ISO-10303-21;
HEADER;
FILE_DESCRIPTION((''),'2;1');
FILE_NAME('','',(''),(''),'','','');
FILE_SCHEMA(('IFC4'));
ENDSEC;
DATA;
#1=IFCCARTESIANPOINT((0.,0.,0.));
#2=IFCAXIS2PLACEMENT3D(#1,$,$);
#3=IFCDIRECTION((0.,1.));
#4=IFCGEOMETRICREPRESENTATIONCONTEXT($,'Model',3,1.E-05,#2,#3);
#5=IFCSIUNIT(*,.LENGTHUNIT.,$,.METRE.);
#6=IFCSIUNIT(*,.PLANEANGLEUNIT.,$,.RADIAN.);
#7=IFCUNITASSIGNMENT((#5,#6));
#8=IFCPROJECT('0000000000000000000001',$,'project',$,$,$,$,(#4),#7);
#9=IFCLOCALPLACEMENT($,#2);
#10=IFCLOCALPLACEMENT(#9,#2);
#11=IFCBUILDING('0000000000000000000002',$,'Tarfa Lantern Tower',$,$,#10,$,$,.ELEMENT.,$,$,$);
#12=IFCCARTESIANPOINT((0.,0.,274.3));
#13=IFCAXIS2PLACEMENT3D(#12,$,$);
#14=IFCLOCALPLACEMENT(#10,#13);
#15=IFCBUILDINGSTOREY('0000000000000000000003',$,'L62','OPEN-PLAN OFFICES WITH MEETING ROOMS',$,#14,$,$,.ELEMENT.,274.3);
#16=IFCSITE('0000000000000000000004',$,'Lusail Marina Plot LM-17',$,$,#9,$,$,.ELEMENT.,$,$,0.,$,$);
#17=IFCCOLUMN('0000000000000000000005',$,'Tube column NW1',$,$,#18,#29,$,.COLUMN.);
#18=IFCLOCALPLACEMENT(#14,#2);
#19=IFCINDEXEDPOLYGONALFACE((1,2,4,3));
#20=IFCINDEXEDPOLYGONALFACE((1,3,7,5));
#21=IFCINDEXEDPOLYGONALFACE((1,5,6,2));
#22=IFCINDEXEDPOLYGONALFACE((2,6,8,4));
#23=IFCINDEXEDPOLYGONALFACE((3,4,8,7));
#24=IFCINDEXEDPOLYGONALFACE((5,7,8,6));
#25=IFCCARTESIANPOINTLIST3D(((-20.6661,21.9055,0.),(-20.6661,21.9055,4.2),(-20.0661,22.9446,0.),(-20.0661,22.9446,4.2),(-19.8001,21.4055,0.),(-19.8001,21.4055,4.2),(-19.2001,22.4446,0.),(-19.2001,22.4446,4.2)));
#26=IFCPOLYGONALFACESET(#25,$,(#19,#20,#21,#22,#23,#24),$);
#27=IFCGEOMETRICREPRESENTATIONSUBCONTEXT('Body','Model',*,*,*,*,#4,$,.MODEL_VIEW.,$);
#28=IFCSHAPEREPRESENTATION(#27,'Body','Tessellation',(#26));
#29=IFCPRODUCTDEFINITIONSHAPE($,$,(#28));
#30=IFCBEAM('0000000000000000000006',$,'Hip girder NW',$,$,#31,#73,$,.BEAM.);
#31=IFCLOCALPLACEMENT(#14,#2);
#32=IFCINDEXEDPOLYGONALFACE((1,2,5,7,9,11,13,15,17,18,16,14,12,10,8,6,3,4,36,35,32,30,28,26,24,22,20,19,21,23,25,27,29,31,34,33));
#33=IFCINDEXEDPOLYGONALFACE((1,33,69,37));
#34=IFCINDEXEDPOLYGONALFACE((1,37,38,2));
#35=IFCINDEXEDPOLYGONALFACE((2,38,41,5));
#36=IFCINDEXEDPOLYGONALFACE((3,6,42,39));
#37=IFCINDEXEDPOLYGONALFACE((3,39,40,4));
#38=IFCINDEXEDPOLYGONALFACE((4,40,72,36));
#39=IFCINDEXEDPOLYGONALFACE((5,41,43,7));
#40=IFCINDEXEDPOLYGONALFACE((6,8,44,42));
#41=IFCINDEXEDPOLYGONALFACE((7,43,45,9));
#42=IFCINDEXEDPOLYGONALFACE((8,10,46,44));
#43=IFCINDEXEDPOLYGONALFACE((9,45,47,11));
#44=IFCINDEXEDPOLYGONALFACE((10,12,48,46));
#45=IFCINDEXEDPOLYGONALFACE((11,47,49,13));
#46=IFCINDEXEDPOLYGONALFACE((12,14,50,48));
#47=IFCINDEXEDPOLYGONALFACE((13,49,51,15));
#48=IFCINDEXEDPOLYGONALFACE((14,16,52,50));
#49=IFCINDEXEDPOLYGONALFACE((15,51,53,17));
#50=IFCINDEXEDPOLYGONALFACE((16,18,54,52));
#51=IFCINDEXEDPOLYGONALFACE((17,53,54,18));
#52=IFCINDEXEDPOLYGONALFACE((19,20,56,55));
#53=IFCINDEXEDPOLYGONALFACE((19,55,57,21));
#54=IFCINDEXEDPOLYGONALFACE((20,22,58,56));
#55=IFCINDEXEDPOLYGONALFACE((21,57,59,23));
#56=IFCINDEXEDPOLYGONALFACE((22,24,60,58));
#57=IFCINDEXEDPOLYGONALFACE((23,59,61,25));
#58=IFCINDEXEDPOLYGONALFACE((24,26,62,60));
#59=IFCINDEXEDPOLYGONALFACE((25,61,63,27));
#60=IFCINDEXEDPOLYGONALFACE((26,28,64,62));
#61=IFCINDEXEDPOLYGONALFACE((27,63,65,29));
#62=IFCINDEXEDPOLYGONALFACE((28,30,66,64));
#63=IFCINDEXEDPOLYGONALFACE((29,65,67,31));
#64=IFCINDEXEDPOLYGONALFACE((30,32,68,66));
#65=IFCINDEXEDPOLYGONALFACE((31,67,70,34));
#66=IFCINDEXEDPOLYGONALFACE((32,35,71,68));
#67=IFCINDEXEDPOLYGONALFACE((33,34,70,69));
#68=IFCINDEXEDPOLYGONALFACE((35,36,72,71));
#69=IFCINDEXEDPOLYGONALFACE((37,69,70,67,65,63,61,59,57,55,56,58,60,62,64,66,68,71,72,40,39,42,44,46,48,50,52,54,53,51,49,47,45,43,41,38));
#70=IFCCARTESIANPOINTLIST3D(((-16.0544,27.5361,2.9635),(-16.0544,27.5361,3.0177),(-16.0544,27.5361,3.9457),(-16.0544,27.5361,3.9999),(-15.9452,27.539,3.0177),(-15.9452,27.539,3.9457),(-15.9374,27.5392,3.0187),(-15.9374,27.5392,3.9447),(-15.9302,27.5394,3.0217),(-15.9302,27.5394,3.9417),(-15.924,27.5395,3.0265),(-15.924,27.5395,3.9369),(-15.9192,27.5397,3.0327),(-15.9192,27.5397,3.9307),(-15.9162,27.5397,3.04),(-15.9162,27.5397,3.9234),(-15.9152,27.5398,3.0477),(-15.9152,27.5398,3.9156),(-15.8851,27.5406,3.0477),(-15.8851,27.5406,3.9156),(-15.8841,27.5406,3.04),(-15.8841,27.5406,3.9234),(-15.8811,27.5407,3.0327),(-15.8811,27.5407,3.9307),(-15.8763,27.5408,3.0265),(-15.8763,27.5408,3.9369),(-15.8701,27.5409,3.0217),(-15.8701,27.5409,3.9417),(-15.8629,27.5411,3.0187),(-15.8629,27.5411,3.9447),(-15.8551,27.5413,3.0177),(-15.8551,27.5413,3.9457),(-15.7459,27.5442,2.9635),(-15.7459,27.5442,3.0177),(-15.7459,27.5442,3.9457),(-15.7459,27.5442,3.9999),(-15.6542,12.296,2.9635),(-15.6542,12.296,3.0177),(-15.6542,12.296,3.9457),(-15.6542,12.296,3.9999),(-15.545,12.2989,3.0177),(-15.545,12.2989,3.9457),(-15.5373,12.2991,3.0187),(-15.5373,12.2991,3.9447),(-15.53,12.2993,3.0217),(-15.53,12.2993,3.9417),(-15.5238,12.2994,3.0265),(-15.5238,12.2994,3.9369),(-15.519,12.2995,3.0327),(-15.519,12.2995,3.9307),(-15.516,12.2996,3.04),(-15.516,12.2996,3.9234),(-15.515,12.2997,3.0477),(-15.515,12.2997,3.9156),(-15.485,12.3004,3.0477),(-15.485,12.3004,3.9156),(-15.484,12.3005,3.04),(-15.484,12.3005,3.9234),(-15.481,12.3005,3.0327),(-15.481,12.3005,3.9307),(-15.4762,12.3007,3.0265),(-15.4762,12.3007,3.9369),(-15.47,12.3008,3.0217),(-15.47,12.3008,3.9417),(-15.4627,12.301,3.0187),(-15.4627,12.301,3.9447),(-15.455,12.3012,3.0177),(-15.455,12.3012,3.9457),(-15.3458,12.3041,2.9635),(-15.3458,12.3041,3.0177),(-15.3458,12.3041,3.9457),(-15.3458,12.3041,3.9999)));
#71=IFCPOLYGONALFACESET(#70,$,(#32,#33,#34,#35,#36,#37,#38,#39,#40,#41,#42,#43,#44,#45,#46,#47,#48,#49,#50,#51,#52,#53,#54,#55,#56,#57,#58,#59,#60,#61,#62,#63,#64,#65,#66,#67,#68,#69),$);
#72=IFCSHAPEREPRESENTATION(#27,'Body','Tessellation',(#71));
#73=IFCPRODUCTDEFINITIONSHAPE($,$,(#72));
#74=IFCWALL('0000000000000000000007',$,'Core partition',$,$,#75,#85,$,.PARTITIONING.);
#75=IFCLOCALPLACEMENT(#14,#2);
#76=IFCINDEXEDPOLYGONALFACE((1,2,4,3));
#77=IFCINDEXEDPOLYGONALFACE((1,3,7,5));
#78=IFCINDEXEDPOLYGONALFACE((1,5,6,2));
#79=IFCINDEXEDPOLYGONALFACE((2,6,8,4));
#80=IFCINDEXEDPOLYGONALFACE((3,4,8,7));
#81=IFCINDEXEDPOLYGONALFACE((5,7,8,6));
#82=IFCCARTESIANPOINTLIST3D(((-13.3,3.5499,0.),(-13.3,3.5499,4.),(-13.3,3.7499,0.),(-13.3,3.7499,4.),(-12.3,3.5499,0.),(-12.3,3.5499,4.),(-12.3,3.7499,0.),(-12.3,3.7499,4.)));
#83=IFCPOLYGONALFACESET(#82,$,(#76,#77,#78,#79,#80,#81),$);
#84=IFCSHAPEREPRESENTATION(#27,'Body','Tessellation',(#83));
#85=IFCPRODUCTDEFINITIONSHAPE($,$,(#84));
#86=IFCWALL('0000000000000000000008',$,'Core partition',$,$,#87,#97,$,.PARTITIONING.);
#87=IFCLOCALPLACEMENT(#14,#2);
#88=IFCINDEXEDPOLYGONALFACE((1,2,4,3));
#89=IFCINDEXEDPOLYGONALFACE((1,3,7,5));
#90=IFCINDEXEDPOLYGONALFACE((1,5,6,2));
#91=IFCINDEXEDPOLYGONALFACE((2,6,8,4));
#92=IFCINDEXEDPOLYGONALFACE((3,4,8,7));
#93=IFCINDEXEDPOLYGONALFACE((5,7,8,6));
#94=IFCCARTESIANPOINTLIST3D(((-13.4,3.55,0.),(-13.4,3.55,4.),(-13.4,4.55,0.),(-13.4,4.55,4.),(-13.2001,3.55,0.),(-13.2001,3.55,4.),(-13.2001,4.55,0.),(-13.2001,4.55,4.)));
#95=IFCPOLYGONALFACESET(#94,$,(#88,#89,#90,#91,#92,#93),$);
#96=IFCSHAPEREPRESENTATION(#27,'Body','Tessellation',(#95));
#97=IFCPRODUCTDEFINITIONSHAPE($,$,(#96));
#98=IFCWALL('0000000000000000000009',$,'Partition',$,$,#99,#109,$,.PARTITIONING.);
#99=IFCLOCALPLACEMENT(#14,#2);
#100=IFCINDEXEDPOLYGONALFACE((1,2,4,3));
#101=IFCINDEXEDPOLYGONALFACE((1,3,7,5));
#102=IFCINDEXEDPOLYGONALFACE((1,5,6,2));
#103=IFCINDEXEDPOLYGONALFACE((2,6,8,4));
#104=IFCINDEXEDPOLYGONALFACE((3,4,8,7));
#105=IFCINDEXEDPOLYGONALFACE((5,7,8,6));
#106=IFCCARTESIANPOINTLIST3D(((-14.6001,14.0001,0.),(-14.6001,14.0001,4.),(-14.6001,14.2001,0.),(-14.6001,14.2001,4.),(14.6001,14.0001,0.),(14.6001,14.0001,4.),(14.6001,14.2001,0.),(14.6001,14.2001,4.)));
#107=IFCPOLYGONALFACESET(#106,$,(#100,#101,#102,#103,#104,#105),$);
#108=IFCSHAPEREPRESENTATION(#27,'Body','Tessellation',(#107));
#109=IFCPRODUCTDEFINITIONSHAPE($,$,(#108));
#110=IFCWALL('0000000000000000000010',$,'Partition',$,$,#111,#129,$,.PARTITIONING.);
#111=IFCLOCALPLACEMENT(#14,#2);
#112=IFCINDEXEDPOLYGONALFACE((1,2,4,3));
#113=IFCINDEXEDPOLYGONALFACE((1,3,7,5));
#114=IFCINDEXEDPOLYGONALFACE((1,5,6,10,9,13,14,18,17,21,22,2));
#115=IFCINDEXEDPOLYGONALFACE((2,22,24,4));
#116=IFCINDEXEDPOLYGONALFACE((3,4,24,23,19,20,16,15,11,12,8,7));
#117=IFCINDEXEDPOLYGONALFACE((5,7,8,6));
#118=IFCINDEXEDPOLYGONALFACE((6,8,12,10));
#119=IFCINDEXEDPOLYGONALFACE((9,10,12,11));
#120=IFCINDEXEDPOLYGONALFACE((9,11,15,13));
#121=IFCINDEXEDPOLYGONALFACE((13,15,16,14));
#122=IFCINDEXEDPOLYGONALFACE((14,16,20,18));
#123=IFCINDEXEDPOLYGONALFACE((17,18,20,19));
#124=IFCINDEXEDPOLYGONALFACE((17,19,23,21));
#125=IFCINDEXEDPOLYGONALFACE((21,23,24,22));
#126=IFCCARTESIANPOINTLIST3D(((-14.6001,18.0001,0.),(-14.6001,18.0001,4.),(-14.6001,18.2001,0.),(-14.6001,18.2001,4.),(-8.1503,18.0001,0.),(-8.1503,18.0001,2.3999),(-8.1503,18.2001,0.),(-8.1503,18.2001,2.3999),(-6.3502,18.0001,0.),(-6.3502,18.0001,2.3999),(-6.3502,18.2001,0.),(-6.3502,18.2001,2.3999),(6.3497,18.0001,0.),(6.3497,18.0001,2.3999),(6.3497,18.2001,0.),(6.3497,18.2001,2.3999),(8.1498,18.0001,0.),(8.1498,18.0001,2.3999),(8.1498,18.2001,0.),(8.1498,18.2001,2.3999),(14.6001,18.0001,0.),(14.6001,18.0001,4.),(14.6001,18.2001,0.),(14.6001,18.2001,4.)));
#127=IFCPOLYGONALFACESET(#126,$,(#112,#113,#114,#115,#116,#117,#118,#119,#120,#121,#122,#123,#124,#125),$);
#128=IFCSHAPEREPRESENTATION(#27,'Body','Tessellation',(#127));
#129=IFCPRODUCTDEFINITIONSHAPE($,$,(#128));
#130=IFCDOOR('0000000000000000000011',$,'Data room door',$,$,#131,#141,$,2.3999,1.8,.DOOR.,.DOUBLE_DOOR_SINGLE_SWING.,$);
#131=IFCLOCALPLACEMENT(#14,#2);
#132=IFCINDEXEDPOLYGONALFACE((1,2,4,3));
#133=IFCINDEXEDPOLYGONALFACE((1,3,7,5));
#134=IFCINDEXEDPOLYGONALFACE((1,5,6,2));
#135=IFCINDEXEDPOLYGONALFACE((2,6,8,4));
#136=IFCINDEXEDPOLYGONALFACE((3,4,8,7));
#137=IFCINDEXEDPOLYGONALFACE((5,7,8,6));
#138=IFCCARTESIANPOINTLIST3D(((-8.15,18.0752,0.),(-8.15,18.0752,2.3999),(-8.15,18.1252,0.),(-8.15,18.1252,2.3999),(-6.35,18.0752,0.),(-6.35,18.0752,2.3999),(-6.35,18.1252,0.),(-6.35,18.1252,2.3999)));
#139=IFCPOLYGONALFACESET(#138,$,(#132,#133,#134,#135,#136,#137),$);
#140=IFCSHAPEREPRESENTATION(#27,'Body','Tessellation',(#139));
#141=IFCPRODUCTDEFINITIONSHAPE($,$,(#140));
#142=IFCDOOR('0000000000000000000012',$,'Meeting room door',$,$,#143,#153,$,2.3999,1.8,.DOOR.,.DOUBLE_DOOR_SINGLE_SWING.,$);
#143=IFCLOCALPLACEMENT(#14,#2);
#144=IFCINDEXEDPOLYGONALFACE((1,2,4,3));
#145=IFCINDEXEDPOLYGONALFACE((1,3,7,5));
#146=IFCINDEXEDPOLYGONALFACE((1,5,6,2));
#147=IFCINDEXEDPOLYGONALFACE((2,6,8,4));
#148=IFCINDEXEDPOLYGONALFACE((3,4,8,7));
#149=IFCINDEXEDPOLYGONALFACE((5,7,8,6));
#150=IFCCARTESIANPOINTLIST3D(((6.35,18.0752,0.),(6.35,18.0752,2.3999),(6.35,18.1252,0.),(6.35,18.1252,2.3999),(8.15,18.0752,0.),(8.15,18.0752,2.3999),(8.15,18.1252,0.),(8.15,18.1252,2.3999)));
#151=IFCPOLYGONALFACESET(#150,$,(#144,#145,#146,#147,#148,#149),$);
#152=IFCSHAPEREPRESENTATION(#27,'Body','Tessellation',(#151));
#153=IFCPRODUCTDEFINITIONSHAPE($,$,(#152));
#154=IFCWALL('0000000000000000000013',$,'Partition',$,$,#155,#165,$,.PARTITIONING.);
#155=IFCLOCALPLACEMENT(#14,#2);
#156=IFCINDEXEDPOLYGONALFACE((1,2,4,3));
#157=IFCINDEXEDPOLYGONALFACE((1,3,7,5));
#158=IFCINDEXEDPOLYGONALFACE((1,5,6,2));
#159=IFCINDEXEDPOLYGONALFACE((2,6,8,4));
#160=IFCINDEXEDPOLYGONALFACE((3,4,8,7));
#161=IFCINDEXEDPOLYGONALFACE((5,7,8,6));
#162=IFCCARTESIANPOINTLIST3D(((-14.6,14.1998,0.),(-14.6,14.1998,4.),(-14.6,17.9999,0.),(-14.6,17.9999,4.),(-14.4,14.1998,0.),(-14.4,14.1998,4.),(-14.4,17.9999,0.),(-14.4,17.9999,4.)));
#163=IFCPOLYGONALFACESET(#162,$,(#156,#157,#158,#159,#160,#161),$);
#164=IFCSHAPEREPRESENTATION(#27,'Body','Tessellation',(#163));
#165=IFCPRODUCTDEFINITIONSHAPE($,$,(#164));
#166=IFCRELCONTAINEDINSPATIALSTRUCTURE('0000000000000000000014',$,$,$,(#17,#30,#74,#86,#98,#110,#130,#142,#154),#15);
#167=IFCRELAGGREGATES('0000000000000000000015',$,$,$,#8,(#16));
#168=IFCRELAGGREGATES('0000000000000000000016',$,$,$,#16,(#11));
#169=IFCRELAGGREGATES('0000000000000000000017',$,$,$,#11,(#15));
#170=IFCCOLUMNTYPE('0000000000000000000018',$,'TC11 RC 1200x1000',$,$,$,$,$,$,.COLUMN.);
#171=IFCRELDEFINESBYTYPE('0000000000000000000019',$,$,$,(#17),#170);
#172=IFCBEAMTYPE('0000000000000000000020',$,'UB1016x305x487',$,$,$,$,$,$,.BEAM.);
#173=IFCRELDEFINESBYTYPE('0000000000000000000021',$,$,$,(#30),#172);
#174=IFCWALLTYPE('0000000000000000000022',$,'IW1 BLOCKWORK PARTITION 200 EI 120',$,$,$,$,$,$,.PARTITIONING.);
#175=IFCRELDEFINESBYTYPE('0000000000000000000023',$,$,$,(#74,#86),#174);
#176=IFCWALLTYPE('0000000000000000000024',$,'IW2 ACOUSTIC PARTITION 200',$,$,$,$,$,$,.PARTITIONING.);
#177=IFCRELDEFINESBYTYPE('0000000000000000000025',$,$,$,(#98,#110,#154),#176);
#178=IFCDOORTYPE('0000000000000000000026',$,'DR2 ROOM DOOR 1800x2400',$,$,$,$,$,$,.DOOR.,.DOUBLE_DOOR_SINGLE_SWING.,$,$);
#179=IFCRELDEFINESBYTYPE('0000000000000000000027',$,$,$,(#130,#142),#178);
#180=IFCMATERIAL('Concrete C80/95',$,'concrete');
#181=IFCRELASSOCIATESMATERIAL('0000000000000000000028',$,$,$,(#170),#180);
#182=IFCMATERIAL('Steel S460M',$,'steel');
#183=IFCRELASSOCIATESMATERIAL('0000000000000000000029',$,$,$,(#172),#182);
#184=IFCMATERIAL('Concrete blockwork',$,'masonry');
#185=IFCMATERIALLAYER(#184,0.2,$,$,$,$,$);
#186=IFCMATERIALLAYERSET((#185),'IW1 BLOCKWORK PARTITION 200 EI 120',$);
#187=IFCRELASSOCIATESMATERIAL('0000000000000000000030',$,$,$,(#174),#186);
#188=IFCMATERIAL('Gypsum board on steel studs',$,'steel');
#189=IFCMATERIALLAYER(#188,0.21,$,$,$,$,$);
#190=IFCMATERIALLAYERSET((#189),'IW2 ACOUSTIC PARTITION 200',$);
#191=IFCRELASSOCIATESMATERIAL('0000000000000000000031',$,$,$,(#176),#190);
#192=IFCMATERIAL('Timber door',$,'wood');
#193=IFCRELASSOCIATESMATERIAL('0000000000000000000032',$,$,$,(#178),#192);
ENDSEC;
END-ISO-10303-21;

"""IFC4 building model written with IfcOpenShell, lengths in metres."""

from ifc_helpers import new_model, si_unit, direction, frame, frame_2d, origin, origin_2d, place, context, subcontext, project, spatial, rectangle, i_section, extrude, material, layer, layer_set, material_profile, profile_set, type_object, element, fill, save


model = new_model("IFC4")

# Units and contexts
model_context = context("Model", 3, precision=1e-05, world=origin(), true_north=direction((0.0, 1.0)))
body_context = subcontext(model_context, "Body", "Model", "MODEL_VIEW")
ifc_project = project(units=[si_unit("LENGTHUNIT", "METRE"), si_unit("PLANEANGLEUNIT", "RADIAN")], contexts=[model_context])

# Site, building, storey
site_placement = place(None, origin())
site = spatial("IfcSite", under=ifc_project, at=site_placement, Name="Lusail Marina Plot LM-17", CompositionType="ELEMENT", RefElevation=0.0)
building_placement = place(site_placement, origin())
building = spatial("IfcBuilding", under=site, at=building_placement, Name="Tarfa Lantern Tower", CompositionType="ELEMENT")
storey_placement = place(building_placement, frame((0.0, 0.0, 274.3)))
storey = spatial("IfcBuildingStorey", under=building, at=storey_placement, Name="L62", Description="OPEN-PLAN OFFICES WITH MEETING ROOMS", CompositionType="ELEMENT", Elevation=274.3)

# Column
ifc_material_1 = material(Name="Concrete C80/95", Category="concrete")
ifc_material_profile_1 = material_profile(ifc_material_1, rectangle(XDim=1.2, YDim=1.0, at=origin_2d()), Name="RC 1200x1000")
ifc_profile_set_1 = profile_set([ifc_material_profile_1], Name="Concrete C80/95")
column_type = type_object("IfcColumnType", Name="TC11 RC 1200x1000", PredefinedType="COLUMN", material=ifc_profile_set_1)
column_placement = place(storey_placement, frame((-19.9331, 22.175, 0.0), z_axis=(0.0, 0.0, 1.0), x_axis=(-0.5, -0.866025, 0.0)))
element("IfcColumn", 1, at=column_placement, inside=storey, type_object=column_type, Name="Tube column NW1", PredefinedType="COLUMN", context=body_context, shape_type="SweptSolid", body=[
    extrude(rectangle(XDim=1.2, YDim=1.0, at=origin_2d()), origin(), (0.0, 0.0, 1.0), 4.2),
])

# Beam
ifc_material_2 = material(Name="Steel S460M", Category="steel")
ifc_material_profile_2 = material_profile(ifc_material_2, i_section(OverallWidth=0.3086, OverallDepth=1.0364, WebThickness=0.03, FlangeThickness=0.0542, FilletRadius=0.03, at=origin_2d()), Name="UB1016x305x487")
ifc_profile_set_2 = profile_set([ifc_material_profile_2], Name="Steel S460M")
beam_type = type_object("IfcBeamType", Name="UB1016x305x487", PredefinedType="BEAM", material=ifc_profile_set_2)
beam_placement = place(storey_placement, frame((-15.5, 12.3, 3.4817), z_axis=(-0.026247, 0.999655, 0.0), x_axis=(-0.999655, -0.026247, 0.0)))
element("IfcBeam", 2, at=beam_placement, inside=storey, type_object=beam_type, Name="Hip girder NW", PredefinedType="BEAM", context=body_context, shape_type="SweptSolid", body=[
    extrude(i_section(OverallWidth=0.3086, OverallDepth=1.0364, WebThickness=0.03, FlangeThickness=0.0542, FilletRadius=0.03, at=origin_2d()), origin(), (0.0, 0.0, 1.0), 15.2454),
])

# Walls
ifc_material_3 = material(Name="Concrete blockwork", Category="masonry")
ifc_layer_1 = layer(ifc_material_3, 0.2)
ifc_layer_set_1 = layer_set([ifc_layer_1], Name="IW1 BLOCKWORK PARTITION 200 EI 120")
wall_type_1 = type_object("IfcWallType", Name="IW1 BLOCKWORK PARTITION 200 EI 120", PredefinedType="PARTITIONING", material=ifc_layer_set_1)
for number, where, z_axis, x_axis, name in (
    (3, (-13.3, 3.6499, 0.0), (0.0, 0.0, 1.0), (1.0, 0.0, 0.0), "Core partition"),
    (4, (-13.3, 3.55, 0.0), (0.0, 0.0, 1.0), (0.0, 1.0, 0.0), "Core partition"),
):
    element("IfcWall", number, at=place(storey_placement, frame(where, z_axis=z_axis, x_axis=x_axis)), inside=storey, type_object=wall_type_1, Name=name, PredefinedType="PARTITIONING", context=body_context, shape_type="SweptSolid", body=[
        extrude(rectangle(XDim=1.0, YDim=0.2, at=frame_2d((0.5, 0.0))), origin(), (0.0, 0.0, 1.0), 4.0),
    ])
ifc_material_4 = material(Name="Gypsum board on steel studs", Category="steel")
ifc_layer_2 = layer(ifc_material_4, 0.21)
ifc_layer_set_2 = layer_set([ifc_layer_2], Name="IW2 ACOUSTIC PARTITION 200")
wall_type_2 = type_object("IfcWallType", Name="IW2 ACOUSTIC PARTITION 200", PredefinedType="PARTITIONING", material=ifc_layer_set_2)
wall_1_placement = place(storey_placement, frame((-14.6001, 14.1001, 0.0), z_axis=(0.0, 0.0, 1.0), x_axis=(1.0, 0.0, 0.0)))
element("IfcWall", 5, at=wall_1_placement, inside=storey, type_object=wall_type_2, Name="Partition", PredefinedType="PARTITIONING", context=body_context, shape_type="SweptSolid", body=[
    extrude(rectangle(XDim=29.2002, YDim=0.2, at=frame_2d((14.6001, 0.0))), origin(), (0.0, 0.0, 1.0), 4.0),
])

# Wall, openings, doors
wall_2_placement = place(storey_placement, frame((-14.6001, 18.1001, 0.0), z_axis=(0.0, 0.0, 1.0), x_axis=(1.0, 0.0, 0.0)))
wall_2 = element("IfcWall", 6, at=wall_2_placement, inside=storey, type_object=wall_type_2, Name="Partition", PredefinedType="PARTITIONING", context=body_context, shape_type="SweptSolid", body=[
    extrude(rectangle(XDim=29.2002, YDim=0.2, at=frame_2d((14.6001, 0.0))), origin(), (0.0, 0.0, 1.0), 4.0),
])
opening_1_placement = place(wall_2_placement, frame((6.45, 0.0, 0.0)))
opening_1 = element("IfcOpeningElement", 7, at=opening_1_placement, cuts=wall_2, PredefinedType="OPENING", context=body_context, shape_type="SweptSolid", body=[
    extrude(rectangle(XDim=1.8, YDim=2.3999, at=frame_2d((0.8999, 1.2))), frame((0.0, 0.1099, 0.0), z_axis=(0.0, -1.0, 0.0), x_axis=(1.0, 0.0, 0.0)), (0.0, 0.0, 1.0), 0.22),
])
opening_2_placement = place(wall_2_placement, frame((20.95, 0.0, 0.0)))
opening_2 = element("IfcOpeningElement", 8, at=opening_2_placement, cuts=wall_2, PredefinedType="OPENING", context=body_context, shape_type="SweptSolid", body=[
    extrude(rectangle(XDim=1.8, YDim=2.3999, at=frame_2d((0.8999, 1.2))), frame((0.0, 0.1099, 0.0), z_axis=(0.0, -1.0, 0.0), x_axis=(1.0, 0.0, 0.0)), (0.0, 0.0, 1.0), 0.22),
])
ifc_material_5 = material(Name="Timber door", Category="wood")
door_type_1 = type_object("IfcDoorType", Name="DR2 ROOM DOOR 1800x2400", OperationType="DOUBLE_DOOR_SINGLE_SWING", PredefinedType="DOOR", material=ifc_material_5)
door_1_placement = place(opening_1_placement, frame((1.8, 0.0, 0.0), z_axis=(0.0, 0.0, 1.0), x_axis=(-1.0, 0.0, 0.0)))
door_1 = element("IfcDoor", 9, at=door_1_placement, inside=storey, type_object=door_type_1, Name="Data room door", OperationType="DOUBLE_DOOR_SINGLE_SWING", OverallHeight=2.3999, OverallWidth=1.8, PredefinedType="DOOR", context=body_context, shape_type="SweptSolid", body=[
    extrude(rectangle(XDim=1.8, YDim=2.3999, at=frame_2d((0.8999, 1.2))), frame((0.0, 0.0249, 0.0), z_axis=(0.0, -1.0, 0.0), x_axis=(1.0, 0.0, 0.0)), (0.0, 0.0, 1.0), 0.05),
])
fill(opening_1, door_1)
door_2_placement = place(opening_2_placement, frame((1.8, 0.0, 0.0), z_axis=(0.0, 0.0, 1.0), x_axis=(-1.0, 0.0, 0.0)))
door_2 = element("IfcDoor", 10, at=door_2_placement, inside=storey, type_object=door_type_1, Name="Meeting room door", OperationType="DOUBLE_DOOR_SINGLE_SWING", OverallHeight=2.3999, OverallWidth=1.8, PredefinedType="DOOR", context=body_context, shape_type="SweptSolid", body=[
    extrude(rectangle(XDim=1.8, YDim=2.3999, at=frame_2d((0.8999, 1.2))), frame((0.0, 0.0249, 0.0), z_axis=(0.0, -1.0, 0.0), x_axis=(1.0, 0.0, 0.0)), (0.0, 0.0, 1.0), 0.05),
])
fill(opening_2, door_2)

# Wall
wall_3_placement = place(storey_placement, frame((-14.5, 14.2, 0.0), z_axis=(0.0, 0.0, 1.0), x_axis=(0.0, 1.0, 0.0)))
element("IfcWall", 11, at=wall_3_placement, inside=storey, type_object=wall_type_2, Name="Partition", PredefinedType="PARTITIONING", context=body_context, shape_type="SweptSolid", body=[
    extrude(rectangle(XDim=3.8, YDim=0.2, at=frame_2d((1.8999, 0.0))), origin(), (0.0, 0.0, 1.0), 4.0),
])

save(model, "model.ifc")
